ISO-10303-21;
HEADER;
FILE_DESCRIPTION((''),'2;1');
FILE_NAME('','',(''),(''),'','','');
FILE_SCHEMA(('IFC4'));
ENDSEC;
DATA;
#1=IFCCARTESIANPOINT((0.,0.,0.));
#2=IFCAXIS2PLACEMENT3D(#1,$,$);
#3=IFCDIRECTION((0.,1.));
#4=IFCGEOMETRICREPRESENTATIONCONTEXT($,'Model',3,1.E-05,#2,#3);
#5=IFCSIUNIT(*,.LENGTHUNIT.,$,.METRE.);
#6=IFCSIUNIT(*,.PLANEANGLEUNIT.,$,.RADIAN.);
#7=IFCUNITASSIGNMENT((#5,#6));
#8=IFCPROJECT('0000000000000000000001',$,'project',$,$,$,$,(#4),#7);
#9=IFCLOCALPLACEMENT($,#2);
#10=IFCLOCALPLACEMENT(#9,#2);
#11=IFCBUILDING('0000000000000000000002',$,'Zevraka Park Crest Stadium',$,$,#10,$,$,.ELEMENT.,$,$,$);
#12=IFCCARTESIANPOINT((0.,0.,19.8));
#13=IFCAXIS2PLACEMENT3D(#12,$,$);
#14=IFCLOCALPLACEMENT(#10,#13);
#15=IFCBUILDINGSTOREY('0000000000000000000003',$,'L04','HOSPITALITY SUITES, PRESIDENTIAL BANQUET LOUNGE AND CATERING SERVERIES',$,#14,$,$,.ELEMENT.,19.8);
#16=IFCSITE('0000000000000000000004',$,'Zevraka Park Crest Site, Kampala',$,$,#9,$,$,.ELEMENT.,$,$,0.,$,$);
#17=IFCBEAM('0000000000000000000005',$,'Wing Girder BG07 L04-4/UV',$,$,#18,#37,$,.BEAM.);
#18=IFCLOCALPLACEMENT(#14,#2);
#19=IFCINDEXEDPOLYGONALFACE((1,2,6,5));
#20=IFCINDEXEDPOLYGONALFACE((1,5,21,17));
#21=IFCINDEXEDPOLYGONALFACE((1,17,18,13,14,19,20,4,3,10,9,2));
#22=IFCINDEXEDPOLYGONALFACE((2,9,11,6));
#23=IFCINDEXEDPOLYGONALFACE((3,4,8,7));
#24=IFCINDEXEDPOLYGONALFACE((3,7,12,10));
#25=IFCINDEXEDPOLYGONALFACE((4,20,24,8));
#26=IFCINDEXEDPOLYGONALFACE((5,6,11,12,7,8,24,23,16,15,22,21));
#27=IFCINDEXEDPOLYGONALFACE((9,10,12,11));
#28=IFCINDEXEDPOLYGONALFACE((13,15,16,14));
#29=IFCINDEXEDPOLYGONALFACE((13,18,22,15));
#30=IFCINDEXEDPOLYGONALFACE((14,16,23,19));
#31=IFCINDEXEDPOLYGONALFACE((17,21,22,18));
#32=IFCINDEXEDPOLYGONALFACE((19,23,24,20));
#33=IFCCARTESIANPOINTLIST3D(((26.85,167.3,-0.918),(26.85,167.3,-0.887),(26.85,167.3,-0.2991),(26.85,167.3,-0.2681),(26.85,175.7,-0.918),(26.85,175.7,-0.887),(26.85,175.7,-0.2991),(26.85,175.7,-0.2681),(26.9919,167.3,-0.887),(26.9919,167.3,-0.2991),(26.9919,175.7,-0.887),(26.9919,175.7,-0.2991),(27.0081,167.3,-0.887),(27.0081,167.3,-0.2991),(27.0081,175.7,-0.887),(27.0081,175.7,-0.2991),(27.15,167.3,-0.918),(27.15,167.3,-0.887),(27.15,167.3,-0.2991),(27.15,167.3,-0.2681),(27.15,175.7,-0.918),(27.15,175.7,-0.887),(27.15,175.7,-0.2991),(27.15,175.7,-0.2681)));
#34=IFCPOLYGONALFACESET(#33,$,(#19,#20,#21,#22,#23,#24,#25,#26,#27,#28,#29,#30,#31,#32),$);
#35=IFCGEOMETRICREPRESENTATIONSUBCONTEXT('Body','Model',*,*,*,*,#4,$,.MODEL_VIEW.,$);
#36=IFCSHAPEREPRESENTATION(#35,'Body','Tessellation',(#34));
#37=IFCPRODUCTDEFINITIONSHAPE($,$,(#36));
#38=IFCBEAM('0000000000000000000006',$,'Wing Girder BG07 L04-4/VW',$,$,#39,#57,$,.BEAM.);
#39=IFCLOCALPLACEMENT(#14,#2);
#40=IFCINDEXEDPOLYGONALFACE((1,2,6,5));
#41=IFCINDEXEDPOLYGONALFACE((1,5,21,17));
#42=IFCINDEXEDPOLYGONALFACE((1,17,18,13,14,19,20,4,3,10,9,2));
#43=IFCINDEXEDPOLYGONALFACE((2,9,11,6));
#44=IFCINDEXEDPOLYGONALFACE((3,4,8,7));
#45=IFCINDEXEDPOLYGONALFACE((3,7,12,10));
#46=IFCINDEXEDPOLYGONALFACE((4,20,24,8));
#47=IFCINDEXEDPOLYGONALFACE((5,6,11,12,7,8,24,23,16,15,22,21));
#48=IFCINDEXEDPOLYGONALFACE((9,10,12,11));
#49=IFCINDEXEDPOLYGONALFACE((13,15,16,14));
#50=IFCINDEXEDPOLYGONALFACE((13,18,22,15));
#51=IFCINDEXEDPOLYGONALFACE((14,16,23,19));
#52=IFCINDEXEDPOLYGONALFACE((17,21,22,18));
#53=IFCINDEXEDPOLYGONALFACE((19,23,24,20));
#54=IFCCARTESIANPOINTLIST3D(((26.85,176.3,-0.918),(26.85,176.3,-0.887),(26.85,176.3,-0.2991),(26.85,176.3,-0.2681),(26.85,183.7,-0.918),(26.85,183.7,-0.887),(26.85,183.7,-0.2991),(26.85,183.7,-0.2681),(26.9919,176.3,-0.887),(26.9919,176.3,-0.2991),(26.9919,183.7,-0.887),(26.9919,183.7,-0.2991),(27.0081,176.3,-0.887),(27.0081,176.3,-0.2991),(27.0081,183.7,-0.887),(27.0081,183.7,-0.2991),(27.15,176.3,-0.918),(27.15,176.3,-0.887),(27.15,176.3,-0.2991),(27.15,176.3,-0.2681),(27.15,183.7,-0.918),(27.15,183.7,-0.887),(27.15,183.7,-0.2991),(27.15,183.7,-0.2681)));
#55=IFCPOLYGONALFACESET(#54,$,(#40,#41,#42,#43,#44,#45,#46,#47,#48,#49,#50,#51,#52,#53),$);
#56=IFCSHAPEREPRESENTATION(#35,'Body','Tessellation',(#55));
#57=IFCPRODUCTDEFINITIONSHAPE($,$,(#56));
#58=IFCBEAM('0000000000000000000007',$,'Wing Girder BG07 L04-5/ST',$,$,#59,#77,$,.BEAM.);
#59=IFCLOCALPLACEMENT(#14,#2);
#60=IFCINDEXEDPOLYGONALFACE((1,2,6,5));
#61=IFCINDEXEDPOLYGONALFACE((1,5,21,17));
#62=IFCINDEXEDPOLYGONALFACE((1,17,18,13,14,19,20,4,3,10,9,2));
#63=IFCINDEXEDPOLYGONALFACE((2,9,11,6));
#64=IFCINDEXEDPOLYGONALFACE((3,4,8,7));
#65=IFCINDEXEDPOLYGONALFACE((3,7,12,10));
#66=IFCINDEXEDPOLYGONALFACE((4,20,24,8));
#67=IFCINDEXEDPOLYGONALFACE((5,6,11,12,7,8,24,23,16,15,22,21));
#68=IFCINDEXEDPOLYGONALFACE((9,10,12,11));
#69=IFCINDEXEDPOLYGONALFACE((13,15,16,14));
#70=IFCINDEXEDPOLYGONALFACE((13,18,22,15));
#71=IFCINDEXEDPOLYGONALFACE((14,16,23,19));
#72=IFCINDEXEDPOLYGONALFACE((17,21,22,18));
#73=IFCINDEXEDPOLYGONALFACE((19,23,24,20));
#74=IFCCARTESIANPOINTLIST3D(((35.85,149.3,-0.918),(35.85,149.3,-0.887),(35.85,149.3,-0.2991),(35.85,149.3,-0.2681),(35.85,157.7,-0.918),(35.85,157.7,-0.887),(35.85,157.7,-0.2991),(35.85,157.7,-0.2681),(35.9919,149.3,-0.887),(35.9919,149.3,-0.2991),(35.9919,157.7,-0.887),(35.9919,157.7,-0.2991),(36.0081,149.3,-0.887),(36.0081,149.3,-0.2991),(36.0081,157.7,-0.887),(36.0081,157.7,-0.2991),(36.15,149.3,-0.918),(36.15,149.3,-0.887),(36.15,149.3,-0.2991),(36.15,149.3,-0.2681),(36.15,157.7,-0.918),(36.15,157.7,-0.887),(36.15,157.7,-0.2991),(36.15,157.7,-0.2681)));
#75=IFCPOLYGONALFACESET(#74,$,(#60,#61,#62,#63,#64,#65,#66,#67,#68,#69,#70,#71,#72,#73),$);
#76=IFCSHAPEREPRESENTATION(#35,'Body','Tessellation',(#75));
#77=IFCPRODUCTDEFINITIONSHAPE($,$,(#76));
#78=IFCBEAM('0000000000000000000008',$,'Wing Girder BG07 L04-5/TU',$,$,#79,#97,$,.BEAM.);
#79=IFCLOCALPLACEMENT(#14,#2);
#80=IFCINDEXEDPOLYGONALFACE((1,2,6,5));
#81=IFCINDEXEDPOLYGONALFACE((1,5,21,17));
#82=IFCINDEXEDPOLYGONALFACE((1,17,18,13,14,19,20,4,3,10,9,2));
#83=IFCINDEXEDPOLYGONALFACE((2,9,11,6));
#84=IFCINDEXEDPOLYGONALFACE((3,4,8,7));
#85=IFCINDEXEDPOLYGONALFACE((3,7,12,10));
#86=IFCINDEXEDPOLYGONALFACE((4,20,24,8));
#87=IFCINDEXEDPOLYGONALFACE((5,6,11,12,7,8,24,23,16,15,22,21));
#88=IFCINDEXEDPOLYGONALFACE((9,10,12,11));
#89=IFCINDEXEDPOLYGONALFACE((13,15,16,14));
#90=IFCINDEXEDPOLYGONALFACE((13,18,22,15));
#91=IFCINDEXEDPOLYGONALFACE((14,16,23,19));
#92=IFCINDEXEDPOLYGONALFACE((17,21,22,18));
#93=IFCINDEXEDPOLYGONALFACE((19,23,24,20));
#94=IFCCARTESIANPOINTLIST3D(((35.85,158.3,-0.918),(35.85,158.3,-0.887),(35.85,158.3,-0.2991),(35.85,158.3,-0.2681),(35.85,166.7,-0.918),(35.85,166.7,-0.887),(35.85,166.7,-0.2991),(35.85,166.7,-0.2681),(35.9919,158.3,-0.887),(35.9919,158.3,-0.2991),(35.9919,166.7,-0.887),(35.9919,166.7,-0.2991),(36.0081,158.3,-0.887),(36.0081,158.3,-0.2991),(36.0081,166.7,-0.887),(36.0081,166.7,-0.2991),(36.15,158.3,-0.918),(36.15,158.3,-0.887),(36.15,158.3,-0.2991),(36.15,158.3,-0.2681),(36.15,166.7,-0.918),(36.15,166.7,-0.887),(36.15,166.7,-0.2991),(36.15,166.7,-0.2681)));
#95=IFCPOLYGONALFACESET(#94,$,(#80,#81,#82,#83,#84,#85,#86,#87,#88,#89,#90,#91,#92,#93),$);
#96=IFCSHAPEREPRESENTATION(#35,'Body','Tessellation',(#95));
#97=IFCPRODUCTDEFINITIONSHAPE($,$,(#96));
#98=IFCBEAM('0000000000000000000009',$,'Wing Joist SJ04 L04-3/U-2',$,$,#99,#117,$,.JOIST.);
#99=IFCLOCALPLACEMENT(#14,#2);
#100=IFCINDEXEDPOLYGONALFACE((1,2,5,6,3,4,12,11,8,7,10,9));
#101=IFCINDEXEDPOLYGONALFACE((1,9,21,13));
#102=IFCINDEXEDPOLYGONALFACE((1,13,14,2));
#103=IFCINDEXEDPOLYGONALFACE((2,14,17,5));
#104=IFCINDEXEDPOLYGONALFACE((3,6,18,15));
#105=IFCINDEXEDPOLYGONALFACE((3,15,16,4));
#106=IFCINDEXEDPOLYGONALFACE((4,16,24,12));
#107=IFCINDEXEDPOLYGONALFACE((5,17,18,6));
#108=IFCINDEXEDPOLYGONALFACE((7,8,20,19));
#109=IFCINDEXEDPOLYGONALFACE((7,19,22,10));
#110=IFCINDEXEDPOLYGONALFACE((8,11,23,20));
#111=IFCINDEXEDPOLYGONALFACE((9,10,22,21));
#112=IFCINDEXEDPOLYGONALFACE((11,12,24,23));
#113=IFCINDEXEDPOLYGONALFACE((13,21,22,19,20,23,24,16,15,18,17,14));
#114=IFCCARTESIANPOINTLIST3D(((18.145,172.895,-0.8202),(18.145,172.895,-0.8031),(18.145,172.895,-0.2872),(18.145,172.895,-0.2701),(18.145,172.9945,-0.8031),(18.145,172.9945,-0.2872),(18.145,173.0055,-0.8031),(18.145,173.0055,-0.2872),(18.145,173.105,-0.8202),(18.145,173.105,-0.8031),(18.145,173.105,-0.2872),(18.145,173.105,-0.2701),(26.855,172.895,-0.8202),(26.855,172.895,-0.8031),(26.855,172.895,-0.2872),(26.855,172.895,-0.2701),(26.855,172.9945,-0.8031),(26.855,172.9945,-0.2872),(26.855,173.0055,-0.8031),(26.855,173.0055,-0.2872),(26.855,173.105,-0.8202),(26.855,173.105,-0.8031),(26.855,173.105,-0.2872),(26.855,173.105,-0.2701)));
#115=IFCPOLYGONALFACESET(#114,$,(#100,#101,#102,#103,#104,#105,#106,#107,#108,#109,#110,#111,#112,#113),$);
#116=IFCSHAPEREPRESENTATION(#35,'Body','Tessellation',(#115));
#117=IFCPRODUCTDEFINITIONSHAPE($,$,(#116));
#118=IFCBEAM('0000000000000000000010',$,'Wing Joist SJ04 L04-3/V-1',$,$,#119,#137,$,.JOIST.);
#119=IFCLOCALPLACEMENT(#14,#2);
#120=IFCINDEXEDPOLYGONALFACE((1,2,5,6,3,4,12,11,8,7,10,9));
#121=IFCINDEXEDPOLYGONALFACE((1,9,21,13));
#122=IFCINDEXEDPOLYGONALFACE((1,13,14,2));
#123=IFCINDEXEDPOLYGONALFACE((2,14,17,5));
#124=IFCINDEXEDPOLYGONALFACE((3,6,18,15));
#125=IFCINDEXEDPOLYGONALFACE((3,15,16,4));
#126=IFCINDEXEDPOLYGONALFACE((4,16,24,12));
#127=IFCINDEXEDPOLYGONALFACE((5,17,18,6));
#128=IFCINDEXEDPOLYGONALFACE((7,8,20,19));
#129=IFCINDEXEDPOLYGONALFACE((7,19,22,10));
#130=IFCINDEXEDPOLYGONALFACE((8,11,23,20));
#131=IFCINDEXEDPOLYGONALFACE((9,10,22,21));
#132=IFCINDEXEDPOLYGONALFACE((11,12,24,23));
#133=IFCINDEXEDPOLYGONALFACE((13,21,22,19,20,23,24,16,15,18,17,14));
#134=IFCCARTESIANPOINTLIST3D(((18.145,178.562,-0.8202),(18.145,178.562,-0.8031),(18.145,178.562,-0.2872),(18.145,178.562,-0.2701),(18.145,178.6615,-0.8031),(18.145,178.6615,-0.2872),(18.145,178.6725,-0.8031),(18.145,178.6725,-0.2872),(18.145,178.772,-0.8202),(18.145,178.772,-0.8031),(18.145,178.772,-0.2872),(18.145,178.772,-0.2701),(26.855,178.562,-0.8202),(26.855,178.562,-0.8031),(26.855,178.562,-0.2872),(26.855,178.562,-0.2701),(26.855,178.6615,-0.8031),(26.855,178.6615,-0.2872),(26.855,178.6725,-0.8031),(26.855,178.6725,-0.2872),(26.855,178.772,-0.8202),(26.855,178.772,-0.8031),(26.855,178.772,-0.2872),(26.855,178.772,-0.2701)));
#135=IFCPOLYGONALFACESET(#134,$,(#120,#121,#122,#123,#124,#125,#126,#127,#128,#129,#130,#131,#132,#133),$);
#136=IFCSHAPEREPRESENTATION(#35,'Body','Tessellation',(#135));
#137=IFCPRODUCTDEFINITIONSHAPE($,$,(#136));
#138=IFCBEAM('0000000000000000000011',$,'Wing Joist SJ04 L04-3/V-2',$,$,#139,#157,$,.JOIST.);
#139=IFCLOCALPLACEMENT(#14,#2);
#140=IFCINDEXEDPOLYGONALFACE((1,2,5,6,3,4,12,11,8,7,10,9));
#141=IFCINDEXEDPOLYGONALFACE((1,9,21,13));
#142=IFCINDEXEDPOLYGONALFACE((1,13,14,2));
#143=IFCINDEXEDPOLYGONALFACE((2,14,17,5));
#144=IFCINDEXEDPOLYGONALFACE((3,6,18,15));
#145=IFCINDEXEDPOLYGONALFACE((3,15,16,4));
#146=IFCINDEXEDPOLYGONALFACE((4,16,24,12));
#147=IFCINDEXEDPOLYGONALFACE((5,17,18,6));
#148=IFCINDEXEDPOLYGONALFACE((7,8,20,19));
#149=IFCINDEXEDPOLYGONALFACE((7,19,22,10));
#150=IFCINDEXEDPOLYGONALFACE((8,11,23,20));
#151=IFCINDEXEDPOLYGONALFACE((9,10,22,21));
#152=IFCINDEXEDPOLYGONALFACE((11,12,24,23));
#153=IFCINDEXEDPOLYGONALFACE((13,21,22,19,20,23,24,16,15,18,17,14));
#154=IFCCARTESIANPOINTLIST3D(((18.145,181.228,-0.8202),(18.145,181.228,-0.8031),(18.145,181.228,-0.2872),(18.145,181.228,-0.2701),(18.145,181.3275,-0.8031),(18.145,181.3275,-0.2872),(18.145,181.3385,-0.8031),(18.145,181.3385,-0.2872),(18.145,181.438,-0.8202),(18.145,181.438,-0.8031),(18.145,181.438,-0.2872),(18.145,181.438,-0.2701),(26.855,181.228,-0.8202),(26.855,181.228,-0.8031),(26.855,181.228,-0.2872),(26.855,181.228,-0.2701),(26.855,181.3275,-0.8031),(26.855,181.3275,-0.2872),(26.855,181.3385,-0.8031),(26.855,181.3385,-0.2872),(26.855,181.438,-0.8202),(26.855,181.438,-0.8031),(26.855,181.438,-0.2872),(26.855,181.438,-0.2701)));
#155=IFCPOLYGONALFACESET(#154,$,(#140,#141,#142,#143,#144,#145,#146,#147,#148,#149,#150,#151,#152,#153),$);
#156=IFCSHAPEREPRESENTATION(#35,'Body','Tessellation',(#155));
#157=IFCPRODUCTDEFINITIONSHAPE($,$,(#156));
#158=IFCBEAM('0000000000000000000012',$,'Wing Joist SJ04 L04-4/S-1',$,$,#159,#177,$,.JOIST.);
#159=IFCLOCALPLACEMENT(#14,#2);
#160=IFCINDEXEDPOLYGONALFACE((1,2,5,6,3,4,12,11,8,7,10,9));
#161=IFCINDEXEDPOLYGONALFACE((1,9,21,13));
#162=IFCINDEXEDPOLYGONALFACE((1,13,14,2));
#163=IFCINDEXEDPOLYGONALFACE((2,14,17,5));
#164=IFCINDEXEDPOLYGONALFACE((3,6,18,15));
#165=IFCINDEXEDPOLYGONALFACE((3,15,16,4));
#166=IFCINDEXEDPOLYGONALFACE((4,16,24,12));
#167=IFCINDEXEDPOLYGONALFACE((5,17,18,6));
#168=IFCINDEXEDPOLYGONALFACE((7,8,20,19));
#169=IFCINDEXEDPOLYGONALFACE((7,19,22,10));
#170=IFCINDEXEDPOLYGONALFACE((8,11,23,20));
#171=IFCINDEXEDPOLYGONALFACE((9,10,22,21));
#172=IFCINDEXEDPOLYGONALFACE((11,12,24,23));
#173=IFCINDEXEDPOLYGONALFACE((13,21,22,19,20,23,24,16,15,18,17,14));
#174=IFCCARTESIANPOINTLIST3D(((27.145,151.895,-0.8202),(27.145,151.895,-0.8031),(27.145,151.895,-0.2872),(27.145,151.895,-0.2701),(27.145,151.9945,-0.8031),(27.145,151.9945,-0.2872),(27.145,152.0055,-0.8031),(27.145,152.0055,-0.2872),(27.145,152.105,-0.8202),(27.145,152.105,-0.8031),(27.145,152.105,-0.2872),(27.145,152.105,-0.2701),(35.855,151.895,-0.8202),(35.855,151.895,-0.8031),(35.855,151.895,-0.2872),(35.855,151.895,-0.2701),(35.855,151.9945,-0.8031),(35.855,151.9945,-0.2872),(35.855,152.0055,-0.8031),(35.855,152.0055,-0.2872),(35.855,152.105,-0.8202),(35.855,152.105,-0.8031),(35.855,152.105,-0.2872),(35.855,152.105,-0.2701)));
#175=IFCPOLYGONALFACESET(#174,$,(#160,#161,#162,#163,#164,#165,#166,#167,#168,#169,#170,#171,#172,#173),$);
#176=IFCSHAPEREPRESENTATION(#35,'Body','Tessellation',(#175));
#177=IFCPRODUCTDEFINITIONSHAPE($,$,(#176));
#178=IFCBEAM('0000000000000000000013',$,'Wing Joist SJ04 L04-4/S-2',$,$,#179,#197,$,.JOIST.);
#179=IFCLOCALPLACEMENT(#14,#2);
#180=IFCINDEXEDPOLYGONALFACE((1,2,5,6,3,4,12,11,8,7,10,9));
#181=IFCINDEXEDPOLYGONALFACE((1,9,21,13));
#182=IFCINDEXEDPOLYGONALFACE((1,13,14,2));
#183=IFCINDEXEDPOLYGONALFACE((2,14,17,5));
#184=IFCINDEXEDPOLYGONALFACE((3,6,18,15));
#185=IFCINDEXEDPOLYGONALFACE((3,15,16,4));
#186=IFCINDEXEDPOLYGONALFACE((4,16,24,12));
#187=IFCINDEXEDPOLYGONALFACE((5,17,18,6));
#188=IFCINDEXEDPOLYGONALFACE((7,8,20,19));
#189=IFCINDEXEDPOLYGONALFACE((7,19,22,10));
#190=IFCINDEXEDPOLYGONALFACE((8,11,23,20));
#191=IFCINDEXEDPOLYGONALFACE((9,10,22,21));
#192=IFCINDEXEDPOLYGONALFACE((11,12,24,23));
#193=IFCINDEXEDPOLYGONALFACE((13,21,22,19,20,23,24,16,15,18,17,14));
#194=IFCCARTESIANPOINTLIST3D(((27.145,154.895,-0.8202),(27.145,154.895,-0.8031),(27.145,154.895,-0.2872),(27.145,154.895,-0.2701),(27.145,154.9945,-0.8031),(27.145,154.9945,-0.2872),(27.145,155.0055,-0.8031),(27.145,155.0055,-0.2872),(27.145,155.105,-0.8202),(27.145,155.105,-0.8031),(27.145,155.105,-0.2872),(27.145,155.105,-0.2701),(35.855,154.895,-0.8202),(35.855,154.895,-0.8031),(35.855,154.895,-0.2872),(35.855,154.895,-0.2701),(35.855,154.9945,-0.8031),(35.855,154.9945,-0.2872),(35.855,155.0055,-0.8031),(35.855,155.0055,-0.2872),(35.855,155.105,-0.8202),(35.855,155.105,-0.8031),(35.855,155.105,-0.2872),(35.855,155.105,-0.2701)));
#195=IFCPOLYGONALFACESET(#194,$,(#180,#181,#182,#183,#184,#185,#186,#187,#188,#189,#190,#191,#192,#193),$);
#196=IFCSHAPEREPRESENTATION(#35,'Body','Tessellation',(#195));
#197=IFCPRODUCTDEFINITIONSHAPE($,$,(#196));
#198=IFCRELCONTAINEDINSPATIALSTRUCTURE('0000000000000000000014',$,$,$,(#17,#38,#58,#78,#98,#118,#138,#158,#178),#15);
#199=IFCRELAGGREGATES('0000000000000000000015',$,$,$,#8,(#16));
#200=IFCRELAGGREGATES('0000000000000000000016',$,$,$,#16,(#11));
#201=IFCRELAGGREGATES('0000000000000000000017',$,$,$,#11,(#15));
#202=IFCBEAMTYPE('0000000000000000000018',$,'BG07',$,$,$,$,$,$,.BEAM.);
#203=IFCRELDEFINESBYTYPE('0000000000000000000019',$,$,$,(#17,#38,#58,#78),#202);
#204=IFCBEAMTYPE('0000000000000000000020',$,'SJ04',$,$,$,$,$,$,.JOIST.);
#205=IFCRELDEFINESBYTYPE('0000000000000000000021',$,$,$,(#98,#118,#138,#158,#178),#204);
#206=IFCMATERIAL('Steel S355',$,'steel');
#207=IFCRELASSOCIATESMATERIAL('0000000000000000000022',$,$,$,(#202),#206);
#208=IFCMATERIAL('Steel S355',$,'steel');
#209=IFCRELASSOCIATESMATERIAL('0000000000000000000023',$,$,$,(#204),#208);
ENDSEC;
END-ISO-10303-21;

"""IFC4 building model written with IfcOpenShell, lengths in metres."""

from ifc_helpers import new_model, si_unit, direction, frame, origin, origin_2d, place, context, subcontext, project, spatial, i_section, extrude, material, material_profile, profile_set, type_object, element, save


model = new_model("IFC4")

# Units and contexts
model_context = context("Model", 3, precision=1e-05, world=origin(), true_north=direction((0.0, 1.0)))
body_context = subcontext(model_context, "Body", "Model", "MODEL_VIEW")
ifc_project = project(units=[si_unit("LENGTHUNIT", "METRE"), si_unit("PLANEANGLEUNIT", "RADIAN")], contexts=[model_context])

# Site, building, storey
site_placement = place(None, origin())
site = spatial("IfcSite", under=ifc_project, at=site_placement, Name="Zevraka Park Crest Site, Kampala", CompositionType="ELEMENT", RefElevation=0.0)
building_placement = place(site_placement, origin())
building = spatial("IfcBuilding", under=site, at=building_placement, Name="Zevraka Park Crest Stadium", CompositionType="ELEMENT")
storey_placement = place(building_placement, frame((0.0, 0.0, 19.8)))
storey = spatial("IfcBuildingStorey", under=building, at=storey_placement, Name="L04", Description="HOSPITALITY SUITES, PRESIDENTIAL BANQUET LOUNGE AND CATERING SERVERIES", CompositionType="ELEMENT", Elevation=19.8)

# Beams
ifc_material_1 = material(Name="Steel S355", Category="steel")
ifc_material_profile_1 = material_profile(ifc_material_1, i_section(OverallWidth=0.3, OverallDepth=0.6499, WebThickness=0.0161, FlangeThickness=0.031, at=origin_2d()), Name="HEB 650")
ifc_profile_set_1 = profile_set([ifc_material_profile_1], Name="Steel S355")
beam_type_1 = type_object("IfcBeamType", Name="BG07", PredefinedType="BEAM", material=ifc_profile_set_1)
for number, where, z_axis, x_axis, name in (
    (1, (27.0, 167.3, -0.593), (0.0, 1.0, 0.0), (-1.0, 0.0, 0.0), "Wing Girder BG07 L04-4/UV"),
):
    element("IfcBeam", number, at=place(storey_placement, frame(where, z_axis=z_axis, x_axis=x_axis)), inside=storey, type_object=beam_type_1, Name=name, PredefinedType="BEAM", context=body_context, shape_type="SweptSolid", body=[
        extrude(i_section(OverallWidth=0.3, OverallDepth=0.6499, WebThickness=0.0161, FlangeThickness=0.031, at=origin_2d()), origin(), (0.0, 0.0, 1.0), 8.3999),
    ])
beam_placement = place(storey_placement, frame((27.0, 176.3, -0.593), z_axis=(0.0, 1.0, 0.0), x_axis=(-1.0, 0.0, 0.0)))
element("IfcBeam", 2, at=beam_placement, inside=storey, type_object=beam_type_1, Name="Wing Girder BG07 L04-4/VW", PredefinedType="BEAM", context=body_context, shape_type="SweptSolid", body=[
    extrude(i_section(OverallWidth=0.3, OverallDepth=0.6499, WebThickness=0.0161, FlangeThickness=0.031, at=origin_2d()), origin(), (0.0, 0.0, 1.0), 7.3999),
])
for number, where, z_axis, x_axis, name in (
    (3, (36.0, 149.3, -0.593), (0.0, 1.0, 0.0), (-1.0, 0.0, 0.0), "Wing Girder BG07 L04-5/ST"),
    (4, (36.0, 158.3, -0.593), (0.0, 1.0, 0.0), (-1.0, 0.0, 0.0), "Wing Girder BG07 L04-5/TU"),
):
    element("IfcBeam", number, at=place(storey_placement, frame(where, z_axis=z_axis, x_axis=x_axis)), inside=storey, type_object=beam_type_1, Name=name, PredefinedType="BEAM", context=body_context, shape_type="SweptSolid", body=[
        extrude(i_section(OverallWidth=0.3, OverallDepth=0.6499, WebThickness=0.0161, FlangeThickness=0.031, at=origin_2d()), origin(), (0.0, 0.0, 1.0), 8.3999),
    ])
ifc_material_2 = material(Name="Steel S355", Category="steel")
ifc_material_profile_2 = material_profile(ifc_material_2, i_section(OverallWidth=0.21, OverallDepth=0.55, WebThickness=0.011, FlangeThickness=0.0171, at=origin_2d()), Name="IPE 550")
ifc_profile_set_2 = profile_set([ifc_material_profile_2], Name="Steel S355")
beam_type_2 = type_object("IfcBeamType", Name="SJ04", PredefinedType="JOIST", material=ifc_profile_set_2)
for number, where, z_axis, x_axis, name in (
    (5, (18.145, 173.0, -0.5452), (1.0, 0.0, 0.0), (0.0, 1.0, 0.0), "Wing Joist SJ04 L04-3/U-2"),
    (6, (18.145, 178.667, -0.5452), (1.0, 0.0, 0.0), (0.0, 1.0, 0.0), "Wing Joist SJ04 L04-3/V-1"),
    (7, (18.145, 181.333, -0.5452), (1.0, 0.0, 0.0), (0.0, 1.0, 0.0), "Wing Joist SJ04 L04-3/V-2"),
    (8, (27.145, 152.0, -0.5452), (1.0, 0.0, 0.0), (0.0, 1.0, 0.0), "Wing Joist SJ04 L04-4/S-1"),
    (9, (27.145, 155.0, -0.5452), (1.0, 0.0, 0.0), (0.0, 1.0, 0.0), "Wing Joist SJ04 L04-4/S-2"),
):
    element("IfcBeam", number, at=place(storey_placement, frame(where, z_axis=z_axis, x_axis=x_axis)), inside=storey, type_object=beam_type_2, Name=name, PredefinedType="JOIST", context=body_context, shape_type="SweptSolid", body=[
        extrude(i_section(OverallWidth=0.21, OverallDepth=0.55, WebThickness=0.011, FlangeThickness=0.0171, at=origin_2d()), origin(), (0.0, 0.0, 1.0), 8.71),
    ])

save(model, "model.ifc")
